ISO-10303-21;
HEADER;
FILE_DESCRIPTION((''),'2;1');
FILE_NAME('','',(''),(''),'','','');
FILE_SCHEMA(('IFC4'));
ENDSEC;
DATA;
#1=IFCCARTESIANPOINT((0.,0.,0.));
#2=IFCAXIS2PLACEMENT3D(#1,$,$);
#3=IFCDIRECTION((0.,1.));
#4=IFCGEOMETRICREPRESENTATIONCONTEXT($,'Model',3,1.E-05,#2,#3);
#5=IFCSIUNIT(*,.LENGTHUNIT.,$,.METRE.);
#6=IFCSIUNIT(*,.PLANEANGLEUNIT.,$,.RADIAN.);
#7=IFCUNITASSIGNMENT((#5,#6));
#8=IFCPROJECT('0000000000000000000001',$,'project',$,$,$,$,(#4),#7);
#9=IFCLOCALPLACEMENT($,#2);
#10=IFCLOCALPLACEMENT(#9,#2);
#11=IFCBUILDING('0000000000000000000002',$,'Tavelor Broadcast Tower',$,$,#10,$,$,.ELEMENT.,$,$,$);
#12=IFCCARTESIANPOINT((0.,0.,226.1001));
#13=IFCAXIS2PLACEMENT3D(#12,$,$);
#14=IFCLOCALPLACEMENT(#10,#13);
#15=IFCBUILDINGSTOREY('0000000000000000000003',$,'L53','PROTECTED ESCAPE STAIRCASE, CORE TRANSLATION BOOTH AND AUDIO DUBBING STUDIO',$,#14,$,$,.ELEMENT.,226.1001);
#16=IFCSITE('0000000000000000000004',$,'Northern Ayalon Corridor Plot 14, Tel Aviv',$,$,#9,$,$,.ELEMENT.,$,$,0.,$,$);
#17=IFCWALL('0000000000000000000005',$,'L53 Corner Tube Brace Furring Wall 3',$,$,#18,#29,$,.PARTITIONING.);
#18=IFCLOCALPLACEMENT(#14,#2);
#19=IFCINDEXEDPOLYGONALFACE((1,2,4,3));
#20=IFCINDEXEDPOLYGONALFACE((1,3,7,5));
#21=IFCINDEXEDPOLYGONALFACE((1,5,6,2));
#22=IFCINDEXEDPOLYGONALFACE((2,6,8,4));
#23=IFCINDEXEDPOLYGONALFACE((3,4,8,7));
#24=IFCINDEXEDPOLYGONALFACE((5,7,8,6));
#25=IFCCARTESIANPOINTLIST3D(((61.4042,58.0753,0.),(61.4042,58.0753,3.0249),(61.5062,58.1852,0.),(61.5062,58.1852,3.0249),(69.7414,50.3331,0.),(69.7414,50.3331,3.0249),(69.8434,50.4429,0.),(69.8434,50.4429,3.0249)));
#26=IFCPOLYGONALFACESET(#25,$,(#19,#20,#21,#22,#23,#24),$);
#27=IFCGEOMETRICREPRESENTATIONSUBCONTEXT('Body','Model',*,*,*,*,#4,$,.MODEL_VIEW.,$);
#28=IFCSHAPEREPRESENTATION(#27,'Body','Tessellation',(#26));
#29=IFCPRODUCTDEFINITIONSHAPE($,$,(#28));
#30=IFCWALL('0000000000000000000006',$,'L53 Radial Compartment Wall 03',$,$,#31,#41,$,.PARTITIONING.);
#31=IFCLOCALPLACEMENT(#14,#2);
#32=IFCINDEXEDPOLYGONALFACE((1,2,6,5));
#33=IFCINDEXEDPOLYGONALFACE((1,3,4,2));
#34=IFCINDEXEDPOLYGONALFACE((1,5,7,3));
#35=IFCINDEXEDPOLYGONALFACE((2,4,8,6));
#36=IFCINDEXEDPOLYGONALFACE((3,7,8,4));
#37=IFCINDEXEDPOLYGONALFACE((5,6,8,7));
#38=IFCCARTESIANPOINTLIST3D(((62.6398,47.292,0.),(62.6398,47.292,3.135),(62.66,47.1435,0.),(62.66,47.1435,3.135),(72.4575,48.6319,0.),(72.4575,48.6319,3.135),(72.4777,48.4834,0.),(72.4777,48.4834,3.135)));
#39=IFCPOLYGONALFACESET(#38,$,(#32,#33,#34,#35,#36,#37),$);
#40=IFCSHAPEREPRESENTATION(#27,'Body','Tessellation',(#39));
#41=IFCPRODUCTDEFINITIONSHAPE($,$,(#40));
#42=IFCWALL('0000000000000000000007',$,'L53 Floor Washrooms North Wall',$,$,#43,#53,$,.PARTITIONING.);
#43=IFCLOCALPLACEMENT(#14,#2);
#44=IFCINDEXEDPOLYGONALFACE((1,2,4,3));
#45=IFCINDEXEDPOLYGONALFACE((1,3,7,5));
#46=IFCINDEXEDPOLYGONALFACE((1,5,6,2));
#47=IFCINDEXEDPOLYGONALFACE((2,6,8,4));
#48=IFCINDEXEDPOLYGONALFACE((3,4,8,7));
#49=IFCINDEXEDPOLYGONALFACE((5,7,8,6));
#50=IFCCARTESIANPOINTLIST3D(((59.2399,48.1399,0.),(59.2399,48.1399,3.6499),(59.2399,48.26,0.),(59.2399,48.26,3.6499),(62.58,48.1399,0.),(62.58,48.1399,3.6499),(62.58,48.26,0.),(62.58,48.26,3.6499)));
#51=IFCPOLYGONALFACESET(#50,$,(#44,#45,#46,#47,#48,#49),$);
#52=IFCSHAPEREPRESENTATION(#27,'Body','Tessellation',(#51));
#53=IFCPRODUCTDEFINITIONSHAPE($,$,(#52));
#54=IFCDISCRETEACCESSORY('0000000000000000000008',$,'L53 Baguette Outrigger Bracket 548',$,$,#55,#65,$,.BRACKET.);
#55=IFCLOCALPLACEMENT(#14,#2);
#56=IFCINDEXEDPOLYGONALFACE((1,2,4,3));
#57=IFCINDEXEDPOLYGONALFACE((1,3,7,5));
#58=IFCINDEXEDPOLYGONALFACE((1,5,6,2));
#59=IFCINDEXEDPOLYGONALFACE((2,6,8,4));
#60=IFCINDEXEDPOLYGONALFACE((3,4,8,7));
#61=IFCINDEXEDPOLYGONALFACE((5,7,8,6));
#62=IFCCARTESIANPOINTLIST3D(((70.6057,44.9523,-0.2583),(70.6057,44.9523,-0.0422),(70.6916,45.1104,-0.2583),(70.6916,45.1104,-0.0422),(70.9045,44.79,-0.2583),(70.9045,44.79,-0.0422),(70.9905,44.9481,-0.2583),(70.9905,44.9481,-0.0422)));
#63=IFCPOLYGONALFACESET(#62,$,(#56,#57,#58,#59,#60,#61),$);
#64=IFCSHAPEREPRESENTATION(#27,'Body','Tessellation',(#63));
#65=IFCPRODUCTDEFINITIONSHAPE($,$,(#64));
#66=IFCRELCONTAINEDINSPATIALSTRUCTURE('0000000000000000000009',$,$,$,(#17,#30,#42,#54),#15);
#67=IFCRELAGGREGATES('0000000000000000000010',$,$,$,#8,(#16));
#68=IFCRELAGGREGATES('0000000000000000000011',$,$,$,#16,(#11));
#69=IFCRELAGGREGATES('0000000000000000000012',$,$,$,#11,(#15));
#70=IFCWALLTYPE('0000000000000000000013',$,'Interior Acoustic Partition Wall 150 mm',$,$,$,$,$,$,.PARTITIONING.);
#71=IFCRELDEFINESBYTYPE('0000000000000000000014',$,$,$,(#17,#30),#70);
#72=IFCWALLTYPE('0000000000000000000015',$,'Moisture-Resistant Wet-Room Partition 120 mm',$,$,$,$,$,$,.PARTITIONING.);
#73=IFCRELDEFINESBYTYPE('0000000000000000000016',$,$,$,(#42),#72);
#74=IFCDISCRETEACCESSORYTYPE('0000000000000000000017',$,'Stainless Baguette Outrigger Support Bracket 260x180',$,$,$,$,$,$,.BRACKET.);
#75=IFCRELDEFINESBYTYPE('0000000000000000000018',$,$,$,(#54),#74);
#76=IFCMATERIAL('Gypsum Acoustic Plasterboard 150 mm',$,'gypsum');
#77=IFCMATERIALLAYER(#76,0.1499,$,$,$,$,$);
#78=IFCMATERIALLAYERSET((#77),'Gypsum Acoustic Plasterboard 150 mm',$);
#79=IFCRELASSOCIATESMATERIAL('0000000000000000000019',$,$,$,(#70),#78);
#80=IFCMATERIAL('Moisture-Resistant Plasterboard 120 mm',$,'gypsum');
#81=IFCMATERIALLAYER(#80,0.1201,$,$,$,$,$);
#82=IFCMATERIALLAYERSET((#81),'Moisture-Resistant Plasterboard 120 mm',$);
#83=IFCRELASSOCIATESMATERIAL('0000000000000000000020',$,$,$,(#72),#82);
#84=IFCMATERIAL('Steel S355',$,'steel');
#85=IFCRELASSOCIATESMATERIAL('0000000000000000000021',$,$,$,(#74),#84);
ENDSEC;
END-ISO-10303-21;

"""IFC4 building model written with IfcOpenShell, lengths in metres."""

from ifc_helpers import new_model, si_unit, direction, frame, frame_2d, origin, origin_2d, place, context, subcontext, project, spatial, rectangle, extrude, source, transform, mapped, material, layer, layer_set, type_object, type_shapes, element, save


model = new_model("IFC4")

# Units and contexts
model_context = context("Model", 3, precision=1e-05, world=origin(), true_north=direction((0.0, 1.0)))
body_context = subcontext(model_context, "Body", "Model", "MODEL_VIEW")
ifc_project = project(units=[si_unit("LENGTHUNIT", "METRE"), si_unit("PLANEANGLEUNIT", "RADIAN")], contexts=[model_context])

# Site, building, storey
site_placement = place(None, origin())
site = spatial("IfcSite", under=ifc_project, at=site_placement, Name="Northern Ayalon Corridor Plot 14, Tel Aviv", CompositionType="ELEMENT", RefElevation=0.0)
building_placement = place(site_placement, origin())
building = spatial("IfcBuilding", under=site, at=building_placement, Name="Tavelor Broadcast Tower", CompositionType="ELEMENT")
storey_placement = place(building_placement, frame((0.0, 0.0, 226.1001)))
storey = spatial("IfcBuildingStorey", under=building, at=storey_placement, Name="L53", Description="PROTECTED ESCAPE STAIRCASE, CORE TRANSLATION BOOTH AND AUDIO DUBBING STUDIO", CompositionType="ELEMENT", Elevation=226.1001)

# Shared definitions
ifc_material_1 = material(Name="Steel S355", Category="steel")

# Walls
ifc_material_2 = material(Name="Gypsum Acoustic Plasterboard 150 mm", Category="gypsum")
ifc_layer_1 = layer(ifc_material_2, 0.1499)
ifc_layer_set_1 = layer_set([ifc_layer_1], Name="Gypsum Acoustic Plasterboard 150 mm")
wall_type_1 = type_object("IfcWallType", Name="Interior Acoustic Partition Wall 150 mm", PredefinedType="PARTITIONING", material=ifc_layer_set_1)
wall_1_placement = place(storey_placement, frame((69.7925, 50.3879, 0.0), z_axis=(0.0, 0.0, 1.0), x_axis=(-0.73277, 0.680477, 0.0)))
element("IfcWall", 1, at=wall_1_placement, inside=storey, type_object=wall_type_1, Name="L53 Corner Tube Brace Furring Wall 3", PredefinedType="PARTITIONING", context=body_context, shape_type="SweptSolid", body=[
    extrude(rectangle(XDim=11.3777, YDim=0.1499, at=frame_2d((5.689, 0.0))), origin(), (0.0, 0.0, 1.0), 3.0249),
])
wall_2_placement = place(storey_placement, frame((62.6499, 47.2178, 0.0), z_axis=(0.0, 0.0, 1.0), x_axis=(0.990816, 0.13522, 0.0)))
element("IfcWall", 2, at=wall_2_placement, inside=storey, type_object=wall_type_1, Name="L53 Radial Compartment Wall 03", PredefinedType="PARTITIONING", context=body_context, shape_type="SweptSolid", body=[
    extrude(rectangle(XDim=9.9087, YDim=0.1499, at=frame_2d((4.9543, 0.0))), origin(), (0.0, 0.0, 1.0), 3.135),
])
ifc_material_3 = material(Name="Moisture-Resistant Plasterboard 120 mm", Category="gypsum")
ifc_layer_2 = layer(ifc_material_3, 0.1201)
ifc_layer_set_2 = layer_set([ifc_layer_2], Name="Moisture-Resistant Plasterboard 120 mm")
wall_type_2 = type_object("IfcWallType", Name="Moisture-Resistant Wet-Room Partition 120 mm", PredefinedType="PARTITIONING", material=ifc_layer_set_2)
wall_3_placement = place(storey_placement, frame((59.24, 48.2, 0.0), z_axis=(0.0, 0.0, 1.0), x_axis=(1.0, 0.0, 0.0)))
element("IfcWall", 3, at=wall_3_placement, inside=storey, type_object=wall_type_2, Name="L53 Floor Washrooms North Wall", PredefinedType="PARTITIONING", context=body_context, shape_type="SweptSolid", body=[
    extrude(rectangle(XDim=3.3401, YDim=0.1201, at=frame_2d((1.6699, 0.0))), origin(), (0.0, 0.0, 1.0), 3.6499),
])

# Discrete accessory
discrete_accessory_type = type_object("IfcDiscreteAccessoryType", Name="Stainless Baguette Outrigger Support Bracket 260x180", PredefinedType="BRACKET", material=ifc_material_1)
shared_shape_1 = source(origin(), body_context, "Body", "SweptSolid", [
    extrude(rectangle(XDim=0.1799, YDim=0.3401, at=origin_2d()), origin(), (0.0, 0.0, 1.0), 0.2161),
])
type_shapes(discrete_accessory_type, [shared_shape_1])
discrete_accessory_placement = place(storey_placement, frame((70.7981, 44.9502, -0.2583), z_axis=(0.0, 0.0, 1.0), x_axis=(0.477465, 0.87865, 0.0)))
element("IfcDiscreteAccessory", 4, at=discrete_accessory_placement, inside=storey, type_object=discrete_accessory_type, Name="L53 Baguette Outrigger Bracket 548", PredefinedType="BRACKET", context=body_context, shape_type="MappedRepresentation", body=[
    mapped(shared_shape_1, transform((0.0, 0.0, 0.0), scale=1.0)),
])

save(model, "model.ifc")
